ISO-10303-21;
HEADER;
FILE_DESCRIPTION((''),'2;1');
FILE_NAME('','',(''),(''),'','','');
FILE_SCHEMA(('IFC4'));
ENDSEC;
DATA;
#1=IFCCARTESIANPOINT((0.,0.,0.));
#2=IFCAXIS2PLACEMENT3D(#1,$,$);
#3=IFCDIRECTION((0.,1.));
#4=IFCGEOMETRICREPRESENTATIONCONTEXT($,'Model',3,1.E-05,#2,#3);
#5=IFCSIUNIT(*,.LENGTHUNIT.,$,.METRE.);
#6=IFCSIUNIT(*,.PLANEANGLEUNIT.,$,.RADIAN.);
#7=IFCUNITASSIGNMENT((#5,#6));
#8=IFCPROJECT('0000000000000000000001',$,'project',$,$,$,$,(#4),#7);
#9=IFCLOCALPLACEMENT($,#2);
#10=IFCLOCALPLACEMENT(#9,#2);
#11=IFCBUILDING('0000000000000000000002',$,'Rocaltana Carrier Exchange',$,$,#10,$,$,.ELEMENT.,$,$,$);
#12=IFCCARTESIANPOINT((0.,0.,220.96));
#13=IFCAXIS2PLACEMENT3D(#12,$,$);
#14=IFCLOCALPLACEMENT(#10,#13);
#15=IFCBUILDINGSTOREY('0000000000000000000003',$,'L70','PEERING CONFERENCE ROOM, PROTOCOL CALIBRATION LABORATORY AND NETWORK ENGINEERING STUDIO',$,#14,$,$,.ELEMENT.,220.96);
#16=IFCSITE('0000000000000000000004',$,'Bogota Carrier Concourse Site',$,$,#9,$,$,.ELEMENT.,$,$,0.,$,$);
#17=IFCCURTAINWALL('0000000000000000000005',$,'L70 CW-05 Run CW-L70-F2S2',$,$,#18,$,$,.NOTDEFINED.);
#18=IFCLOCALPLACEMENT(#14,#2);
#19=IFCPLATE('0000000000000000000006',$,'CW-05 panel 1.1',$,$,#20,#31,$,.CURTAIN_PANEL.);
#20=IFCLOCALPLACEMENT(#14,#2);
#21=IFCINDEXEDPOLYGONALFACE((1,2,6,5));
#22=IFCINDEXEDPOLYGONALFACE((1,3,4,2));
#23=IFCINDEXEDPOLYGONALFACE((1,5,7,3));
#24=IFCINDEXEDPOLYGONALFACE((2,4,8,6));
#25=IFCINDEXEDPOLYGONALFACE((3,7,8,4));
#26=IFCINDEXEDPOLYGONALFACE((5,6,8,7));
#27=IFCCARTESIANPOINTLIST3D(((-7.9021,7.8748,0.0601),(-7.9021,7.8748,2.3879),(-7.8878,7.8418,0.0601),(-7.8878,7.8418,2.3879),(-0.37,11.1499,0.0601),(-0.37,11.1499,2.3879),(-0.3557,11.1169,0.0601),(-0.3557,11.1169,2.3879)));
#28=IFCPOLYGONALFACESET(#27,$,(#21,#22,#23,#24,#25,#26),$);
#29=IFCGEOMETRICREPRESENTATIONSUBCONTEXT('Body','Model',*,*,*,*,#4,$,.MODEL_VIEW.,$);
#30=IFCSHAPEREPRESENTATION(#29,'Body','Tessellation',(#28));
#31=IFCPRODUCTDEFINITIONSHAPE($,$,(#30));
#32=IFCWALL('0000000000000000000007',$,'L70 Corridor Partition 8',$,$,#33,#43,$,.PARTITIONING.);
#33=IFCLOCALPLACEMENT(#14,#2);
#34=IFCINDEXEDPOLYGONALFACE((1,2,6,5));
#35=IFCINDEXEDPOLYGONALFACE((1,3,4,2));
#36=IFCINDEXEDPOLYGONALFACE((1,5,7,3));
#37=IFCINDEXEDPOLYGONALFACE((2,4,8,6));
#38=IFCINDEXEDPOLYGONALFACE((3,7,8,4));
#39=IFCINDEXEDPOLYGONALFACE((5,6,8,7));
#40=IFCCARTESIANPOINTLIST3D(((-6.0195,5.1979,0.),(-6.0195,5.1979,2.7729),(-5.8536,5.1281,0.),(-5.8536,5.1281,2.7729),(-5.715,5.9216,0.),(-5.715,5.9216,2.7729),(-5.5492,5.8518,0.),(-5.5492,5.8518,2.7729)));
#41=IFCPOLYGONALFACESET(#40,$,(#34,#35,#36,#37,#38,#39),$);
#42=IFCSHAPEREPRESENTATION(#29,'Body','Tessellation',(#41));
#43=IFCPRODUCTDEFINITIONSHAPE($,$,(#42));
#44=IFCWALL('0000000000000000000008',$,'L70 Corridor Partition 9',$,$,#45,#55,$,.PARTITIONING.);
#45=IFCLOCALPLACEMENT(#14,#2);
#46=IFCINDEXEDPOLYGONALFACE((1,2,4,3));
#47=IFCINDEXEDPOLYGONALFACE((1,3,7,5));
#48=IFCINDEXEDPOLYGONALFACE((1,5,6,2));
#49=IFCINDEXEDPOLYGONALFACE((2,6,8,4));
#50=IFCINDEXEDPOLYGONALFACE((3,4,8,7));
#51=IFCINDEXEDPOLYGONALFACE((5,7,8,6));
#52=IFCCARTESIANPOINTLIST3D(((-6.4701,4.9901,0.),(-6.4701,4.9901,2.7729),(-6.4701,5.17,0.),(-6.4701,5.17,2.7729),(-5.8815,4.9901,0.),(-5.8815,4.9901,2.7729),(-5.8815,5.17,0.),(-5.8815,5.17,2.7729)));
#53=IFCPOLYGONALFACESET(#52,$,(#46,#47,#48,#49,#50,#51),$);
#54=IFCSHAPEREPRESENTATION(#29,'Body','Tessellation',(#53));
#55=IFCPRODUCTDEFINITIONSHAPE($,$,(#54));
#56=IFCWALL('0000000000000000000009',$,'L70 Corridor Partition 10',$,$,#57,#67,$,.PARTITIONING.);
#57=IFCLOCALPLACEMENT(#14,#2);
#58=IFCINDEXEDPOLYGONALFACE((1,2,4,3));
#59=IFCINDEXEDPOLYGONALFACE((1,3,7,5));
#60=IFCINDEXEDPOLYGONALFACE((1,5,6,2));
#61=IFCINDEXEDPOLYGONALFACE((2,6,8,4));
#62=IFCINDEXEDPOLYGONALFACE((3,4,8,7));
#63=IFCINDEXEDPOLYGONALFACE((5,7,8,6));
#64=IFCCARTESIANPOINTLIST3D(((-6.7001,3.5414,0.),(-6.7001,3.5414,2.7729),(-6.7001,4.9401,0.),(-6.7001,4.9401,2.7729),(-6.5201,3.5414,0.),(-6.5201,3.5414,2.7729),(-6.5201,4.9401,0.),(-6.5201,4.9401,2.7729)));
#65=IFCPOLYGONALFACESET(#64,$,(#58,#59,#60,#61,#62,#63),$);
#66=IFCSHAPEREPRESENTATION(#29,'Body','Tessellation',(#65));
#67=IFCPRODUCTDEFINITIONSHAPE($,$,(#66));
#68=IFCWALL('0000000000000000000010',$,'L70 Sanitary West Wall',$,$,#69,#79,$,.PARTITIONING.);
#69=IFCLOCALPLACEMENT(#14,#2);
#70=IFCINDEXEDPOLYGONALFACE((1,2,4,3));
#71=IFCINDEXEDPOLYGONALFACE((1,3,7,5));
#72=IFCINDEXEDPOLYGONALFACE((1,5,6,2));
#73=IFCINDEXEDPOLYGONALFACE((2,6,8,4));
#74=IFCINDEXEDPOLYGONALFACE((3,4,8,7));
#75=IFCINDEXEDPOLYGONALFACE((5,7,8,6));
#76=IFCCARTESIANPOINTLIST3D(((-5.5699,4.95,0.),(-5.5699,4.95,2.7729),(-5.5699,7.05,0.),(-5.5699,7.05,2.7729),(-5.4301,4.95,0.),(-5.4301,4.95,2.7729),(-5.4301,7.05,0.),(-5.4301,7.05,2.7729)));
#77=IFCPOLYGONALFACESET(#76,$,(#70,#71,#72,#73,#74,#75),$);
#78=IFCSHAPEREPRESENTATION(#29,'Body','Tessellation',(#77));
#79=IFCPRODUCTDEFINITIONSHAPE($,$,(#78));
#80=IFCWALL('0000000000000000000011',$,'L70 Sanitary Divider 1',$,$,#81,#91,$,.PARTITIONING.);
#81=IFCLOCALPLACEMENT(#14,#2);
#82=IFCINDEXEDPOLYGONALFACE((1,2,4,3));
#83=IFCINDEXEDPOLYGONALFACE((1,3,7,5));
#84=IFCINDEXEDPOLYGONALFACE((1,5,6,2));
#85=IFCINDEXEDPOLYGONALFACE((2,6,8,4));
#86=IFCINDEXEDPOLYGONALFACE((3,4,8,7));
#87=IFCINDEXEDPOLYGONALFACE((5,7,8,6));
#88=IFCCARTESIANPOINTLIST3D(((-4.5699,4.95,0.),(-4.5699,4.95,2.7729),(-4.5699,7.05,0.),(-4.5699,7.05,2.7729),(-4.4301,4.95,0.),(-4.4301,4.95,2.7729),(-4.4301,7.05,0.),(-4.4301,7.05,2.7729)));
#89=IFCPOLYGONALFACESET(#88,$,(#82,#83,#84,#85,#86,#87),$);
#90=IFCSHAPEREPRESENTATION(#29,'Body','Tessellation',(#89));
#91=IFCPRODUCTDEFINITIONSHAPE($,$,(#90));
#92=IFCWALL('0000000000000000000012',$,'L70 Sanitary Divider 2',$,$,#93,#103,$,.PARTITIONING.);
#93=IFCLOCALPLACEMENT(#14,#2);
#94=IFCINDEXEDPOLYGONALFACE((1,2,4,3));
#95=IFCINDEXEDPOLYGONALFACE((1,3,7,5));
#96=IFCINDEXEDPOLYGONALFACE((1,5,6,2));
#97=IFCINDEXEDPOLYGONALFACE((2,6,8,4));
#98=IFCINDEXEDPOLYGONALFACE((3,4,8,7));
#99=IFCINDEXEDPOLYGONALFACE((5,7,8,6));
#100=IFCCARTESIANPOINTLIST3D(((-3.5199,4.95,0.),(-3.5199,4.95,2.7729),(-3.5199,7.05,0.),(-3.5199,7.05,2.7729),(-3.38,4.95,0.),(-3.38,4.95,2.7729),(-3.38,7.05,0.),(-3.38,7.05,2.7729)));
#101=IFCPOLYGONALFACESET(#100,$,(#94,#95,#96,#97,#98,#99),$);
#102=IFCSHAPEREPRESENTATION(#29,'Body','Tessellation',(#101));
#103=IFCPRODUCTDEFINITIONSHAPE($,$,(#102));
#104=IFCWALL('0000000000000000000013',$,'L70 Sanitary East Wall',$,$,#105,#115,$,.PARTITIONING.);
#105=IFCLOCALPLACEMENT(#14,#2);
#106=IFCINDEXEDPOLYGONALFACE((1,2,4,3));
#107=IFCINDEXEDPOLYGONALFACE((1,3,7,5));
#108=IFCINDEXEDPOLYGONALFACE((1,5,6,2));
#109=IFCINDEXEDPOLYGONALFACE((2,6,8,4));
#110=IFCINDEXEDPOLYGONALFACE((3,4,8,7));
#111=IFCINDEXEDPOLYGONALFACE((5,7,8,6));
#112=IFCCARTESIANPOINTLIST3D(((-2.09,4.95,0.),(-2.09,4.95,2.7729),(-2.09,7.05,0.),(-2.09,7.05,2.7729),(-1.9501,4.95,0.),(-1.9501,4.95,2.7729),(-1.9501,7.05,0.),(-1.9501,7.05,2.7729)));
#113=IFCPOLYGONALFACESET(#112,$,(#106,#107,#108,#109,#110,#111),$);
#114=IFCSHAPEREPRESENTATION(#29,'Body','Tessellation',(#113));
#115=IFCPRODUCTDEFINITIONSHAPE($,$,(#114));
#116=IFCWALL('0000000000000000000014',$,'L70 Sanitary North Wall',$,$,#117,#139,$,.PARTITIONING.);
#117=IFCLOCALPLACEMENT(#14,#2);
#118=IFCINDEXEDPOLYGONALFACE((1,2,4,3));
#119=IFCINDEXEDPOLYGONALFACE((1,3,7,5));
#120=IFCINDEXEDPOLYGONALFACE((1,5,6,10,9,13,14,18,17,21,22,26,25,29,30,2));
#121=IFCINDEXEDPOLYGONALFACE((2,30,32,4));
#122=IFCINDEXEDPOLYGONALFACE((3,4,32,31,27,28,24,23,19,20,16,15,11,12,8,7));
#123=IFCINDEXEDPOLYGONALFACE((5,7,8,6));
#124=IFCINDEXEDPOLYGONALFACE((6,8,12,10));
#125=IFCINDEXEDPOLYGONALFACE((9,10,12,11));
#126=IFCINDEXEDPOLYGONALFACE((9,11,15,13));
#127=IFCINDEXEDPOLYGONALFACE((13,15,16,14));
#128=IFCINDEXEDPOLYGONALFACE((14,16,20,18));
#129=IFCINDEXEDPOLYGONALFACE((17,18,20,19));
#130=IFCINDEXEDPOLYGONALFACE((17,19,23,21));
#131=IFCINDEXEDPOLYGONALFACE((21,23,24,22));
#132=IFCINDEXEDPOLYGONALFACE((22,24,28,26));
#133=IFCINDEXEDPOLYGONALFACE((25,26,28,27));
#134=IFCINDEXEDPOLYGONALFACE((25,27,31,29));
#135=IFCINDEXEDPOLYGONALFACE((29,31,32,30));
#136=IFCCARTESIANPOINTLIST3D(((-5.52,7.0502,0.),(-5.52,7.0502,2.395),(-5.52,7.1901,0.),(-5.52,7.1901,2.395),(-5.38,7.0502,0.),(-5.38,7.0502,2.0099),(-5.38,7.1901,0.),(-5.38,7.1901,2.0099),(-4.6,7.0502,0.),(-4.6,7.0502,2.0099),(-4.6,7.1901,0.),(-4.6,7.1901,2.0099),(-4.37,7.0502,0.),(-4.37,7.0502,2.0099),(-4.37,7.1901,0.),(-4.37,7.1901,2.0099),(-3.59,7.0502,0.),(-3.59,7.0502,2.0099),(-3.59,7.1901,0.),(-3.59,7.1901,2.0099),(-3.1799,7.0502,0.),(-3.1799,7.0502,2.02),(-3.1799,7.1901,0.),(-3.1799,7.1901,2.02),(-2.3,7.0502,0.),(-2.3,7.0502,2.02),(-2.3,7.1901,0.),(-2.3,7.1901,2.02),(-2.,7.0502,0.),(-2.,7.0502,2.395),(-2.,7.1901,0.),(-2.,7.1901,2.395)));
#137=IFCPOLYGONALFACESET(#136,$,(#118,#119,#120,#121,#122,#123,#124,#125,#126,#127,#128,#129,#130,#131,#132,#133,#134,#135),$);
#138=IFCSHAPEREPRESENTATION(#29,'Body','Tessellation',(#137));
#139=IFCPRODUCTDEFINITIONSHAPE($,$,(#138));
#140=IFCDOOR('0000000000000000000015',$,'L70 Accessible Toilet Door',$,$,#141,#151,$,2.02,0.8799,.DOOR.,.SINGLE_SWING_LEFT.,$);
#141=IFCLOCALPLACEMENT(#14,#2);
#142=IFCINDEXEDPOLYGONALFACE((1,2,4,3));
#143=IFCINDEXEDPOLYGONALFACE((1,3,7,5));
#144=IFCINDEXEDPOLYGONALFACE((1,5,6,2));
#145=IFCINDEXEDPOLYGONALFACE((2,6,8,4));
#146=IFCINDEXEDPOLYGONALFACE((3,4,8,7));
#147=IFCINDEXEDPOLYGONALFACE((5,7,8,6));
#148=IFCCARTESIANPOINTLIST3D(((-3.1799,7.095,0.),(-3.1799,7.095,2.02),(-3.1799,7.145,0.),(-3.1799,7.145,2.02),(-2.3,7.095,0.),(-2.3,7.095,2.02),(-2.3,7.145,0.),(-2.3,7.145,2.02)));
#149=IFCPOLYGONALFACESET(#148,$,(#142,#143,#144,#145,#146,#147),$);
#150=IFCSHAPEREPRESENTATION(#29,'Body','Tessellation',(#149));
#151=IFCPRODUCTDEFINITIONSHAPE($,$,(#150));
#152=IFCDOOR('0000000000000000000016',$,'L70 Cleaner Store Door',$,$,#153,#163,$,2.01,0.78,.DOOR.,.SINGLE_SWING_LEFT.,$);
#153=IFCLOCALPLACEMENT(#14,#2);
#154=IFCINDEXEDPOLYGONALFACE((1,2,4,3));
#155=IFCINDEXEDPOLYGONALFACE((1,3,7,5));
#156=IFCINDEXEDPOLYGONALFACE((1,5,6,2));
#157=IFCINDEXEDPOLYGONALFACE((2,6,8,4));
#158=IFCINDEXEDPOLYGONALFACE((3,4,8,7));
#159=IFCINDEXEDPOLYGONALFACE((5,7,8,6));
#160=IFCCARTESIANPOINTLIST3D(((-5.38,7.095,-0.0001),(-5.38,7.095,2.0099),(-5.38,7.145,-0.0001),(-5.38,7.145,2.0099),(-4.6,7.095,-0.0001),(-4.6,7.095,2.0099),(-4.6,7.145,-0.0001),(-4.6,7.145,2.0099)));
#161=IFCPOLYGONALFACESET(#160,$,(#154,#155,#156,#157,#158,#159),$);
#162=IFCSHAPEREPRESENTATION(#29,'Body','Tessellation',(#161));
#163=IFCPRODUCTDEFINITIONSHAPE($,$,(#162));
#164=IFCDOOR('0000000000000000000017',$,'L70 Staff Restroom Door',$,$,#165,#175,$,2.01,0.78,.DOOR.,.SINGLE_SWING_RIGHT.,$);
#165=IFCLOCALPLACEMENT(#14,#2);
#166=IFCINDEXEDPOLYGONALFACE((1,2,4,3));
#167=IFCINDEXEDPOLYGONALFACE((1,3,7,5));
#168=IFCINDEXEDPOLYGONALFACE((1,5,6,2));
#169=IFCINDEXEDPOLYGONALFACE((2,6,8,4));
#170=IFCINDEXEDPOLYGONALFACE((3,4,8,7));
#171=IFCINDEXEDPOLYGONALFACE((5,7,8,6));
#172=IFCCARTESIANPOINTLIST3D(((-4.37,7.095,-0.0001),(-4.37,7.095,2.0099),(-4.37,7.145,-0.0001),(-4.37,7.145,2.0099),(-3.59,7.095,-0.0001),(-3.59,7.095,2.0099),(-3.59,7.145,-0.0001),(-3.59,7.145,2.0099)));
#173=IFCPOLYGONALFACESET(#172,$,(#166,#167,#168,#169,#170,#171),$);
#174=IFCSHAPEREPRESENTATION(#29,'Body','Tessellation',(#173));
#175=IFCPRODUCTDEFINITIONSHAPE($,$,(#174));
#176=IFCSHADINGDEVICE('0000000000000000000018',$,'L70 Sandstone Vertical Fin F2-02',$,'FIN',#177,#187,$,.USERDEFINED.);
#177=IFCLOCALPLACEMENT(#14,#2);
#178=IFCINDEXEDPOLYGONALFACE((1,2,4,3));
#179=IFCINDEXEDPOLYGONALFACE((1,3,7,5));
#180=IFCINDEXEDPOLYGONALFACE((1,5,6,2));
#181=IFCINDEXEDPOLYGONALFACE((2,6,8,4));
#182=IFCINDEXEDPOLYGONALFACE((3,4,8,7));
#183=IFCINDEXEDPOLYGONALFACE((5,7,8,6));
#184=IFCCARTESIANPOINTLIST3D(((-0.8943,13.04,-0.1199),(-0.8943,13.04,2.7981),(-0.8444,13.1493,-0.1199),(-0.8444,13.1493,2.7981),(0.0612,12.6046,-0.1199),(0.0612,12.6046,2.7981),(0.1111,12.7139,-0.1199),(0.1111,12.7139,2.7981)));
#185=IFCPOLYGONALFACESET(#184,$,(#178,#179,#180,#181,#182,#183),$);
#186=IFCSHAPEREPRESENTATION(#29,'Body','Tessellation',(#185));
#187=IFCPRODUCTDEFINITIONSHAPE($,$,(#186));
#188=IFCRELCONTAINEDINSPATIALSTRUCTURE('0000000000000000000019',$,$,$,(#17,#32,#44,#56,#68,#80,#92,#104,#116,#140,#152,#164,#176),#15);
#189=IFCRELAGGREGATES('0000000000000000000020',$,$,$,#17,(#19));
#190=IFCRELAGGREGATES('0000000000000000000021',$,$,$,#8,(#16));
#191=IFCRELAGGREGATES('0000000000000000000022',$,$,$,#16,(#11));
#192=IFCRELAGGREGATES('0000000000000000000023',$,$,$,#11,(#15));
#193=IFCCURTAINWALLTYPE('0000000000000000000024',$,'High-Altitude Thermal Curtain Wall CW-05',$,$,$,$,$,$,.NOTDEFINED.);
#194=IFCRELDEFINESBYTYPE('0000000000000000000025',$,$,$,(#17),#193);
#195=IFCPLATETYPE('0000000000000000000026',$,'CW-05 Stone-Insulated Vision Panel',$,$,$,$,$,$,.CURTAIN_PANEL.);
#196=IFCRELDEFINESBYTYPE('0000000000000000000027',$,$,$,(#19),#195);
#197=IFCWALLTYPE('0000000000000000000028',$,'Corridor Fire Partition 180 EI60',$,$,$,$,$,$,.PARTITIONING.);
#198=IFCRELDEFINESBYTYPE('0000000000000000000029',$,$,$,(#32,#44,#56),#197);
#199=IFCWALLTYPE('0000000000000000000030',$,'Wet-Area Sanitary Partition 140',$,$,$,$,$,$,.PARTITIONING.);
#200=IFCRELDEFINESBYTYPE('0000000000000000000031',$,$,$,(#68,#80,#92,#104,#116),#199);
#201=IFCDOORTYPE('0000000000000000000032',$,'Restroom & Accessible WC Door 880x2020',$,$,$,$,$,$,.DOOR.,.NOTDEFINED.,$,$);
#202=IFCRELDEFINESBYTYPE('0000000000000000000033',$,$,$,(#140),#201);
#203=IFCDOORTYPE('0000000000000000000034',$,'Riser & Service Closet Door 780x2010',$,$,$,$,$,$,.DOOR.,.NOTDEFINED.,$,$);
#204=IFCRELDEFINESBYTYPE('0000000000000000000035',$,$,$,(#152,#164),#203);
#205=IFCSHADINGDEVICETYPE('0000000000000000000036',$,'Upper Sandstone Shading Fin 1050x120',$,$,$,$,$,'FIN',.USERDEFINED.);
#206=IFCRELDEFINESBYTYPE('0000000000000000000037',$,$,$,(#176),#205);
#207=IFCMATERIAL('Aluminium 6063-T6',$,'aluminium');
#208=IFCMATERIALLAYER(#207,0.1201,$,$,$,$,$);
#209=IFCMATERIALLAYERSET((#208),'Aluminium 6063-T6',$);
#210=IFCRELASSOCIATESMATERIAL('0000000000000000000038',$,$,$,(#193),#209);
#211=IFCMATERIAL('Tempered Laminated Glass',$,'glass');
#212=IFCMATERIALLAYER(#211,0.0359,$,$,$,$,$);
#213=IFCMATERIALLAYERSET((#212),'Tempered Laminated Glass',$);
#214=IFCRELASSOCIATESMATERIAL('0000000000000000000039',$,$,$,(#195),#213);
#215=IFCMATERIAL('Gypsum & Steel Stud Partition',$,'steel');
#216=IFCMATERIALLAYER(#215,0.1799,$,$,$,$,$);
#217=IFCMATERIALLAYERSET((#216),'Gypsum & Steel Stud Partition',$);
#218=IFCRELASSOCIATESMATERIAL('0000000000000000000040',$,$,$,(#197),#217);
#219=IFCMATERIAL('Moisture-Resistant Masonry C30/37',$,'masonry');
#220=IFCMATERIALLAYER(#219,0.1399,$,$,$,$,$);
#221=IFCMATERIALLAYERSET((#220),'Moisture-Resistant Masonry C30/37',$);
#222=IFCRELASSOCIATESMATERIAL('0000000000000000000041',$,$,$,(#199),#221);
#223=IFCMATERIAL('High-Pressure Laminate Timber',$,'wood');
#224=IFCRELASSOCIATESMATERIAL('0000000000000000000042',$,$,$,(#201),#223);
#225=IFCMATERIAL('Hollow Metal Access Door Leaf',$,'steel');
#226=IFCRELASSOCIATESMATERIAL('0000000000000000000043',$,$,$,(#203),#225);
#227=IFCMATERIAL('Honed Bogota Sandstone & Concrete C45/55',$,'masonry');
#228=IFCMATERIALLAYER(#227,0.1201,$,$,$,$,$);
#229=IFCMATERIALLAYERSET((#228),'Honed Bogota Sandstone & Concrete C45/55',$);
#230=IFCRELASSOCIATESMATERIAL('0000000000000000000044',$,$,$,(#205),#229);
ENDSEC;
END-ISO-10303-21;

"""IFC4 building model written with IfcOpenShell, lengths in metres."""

from ifc_helpers import new_model, si_unit, direction, frame, frame_2d, origin, origin_2d, place, context, subcontext, project, spatial, rectangle, extrude, material, layer, layer_set, type_object, element, fill, aggregate, save


model = new_model("IFC4")

# Units and contexts
model_context = context("Model", 3, precision=1e-05, world=origin(), true_north=direction((0.0, 1.0)))
body_context = subcontext(model_context, "Body", "Model", "MODEL_VIEW")
ifc_project = project(units=[si_unit("LENGTHUNIT", "METRE"), si_unit("PLANEANGLEUNIT", "RADIAN")], contexts=[model_context])

# Site, building, storey
site_placement = place(None, origin())
site = spatial("IfcSite", under=ifc_project, at=site_placement, Name="Bogota Carrier Concourse Site", CompositionType="ELEMENT", RefElevation=0.0)
building_placement = place(site_placement, origin())
building = spatial("IfcBuilding", under=site, at=building_placement, Name="Rocaltana Carrier Exchange", CompositionType="ELEMENT")
storey_placement = place(building_placement, frame((0.0, 0.0, 220.96)))
storey = spatial("IfcBuildingStorey", under=building, at=storey_placement, Name="L70", Description="PEERING CONFERENCE ROOM, PROTOCOL CALIBRATION LABORATORY AND NETWORK ENGINEERING STUDIO", CompositionType="ELEMENT", Elevation=220.96)

# Curtain wall
ifc_material_1 = material(Name="Aluminium 6063-T6", Category="aluminium")
ifc_layer_1 = layer(ifc_material_1, 0.1201)
ifc_layer_set_1 = layer_set([ifc_layer_1], Name="Aluminium 6063-T6")
curtain_wall_type = type_object("IfcCurtainWallType", Name="High-Altitude Thermal Curtain Wall CW-05", PredefinedType="NOTDEFINED", material=ifc_layer_set_1)
curtain_wall_placement = place(storey_placement, origin())
curtain_wall = element("IfcCurtainWall", 1, at=curtain_wall_placement, inside=storey, type_object=curtain_wall_type, Name="L70 CW-05 Run CW-L70-F2S2", PredefinedType="NOTDEFINED")

# Plate
ifc_material_2 = material(Name="Tempered Laminated Glass", Category="glass")
ifc_layer_2 = layer(ifc_material_2, 0.0359)
ifc_layer_set_2 = layer_set([ifc_layer_2], Name="Tempered Laminated Glass")
plate_type = type_object("IfcPlateType", Name="CW-05 Stone-Insulated Vision Panel", PredefinedType="CURTAIN_PANEL", material=ifc_layer_set_2)
plate_placement = place(storey_placement, frame((-4.1289, 9.4958, 0.0601), z_axis=(0.0, 0.0, 1.0), x_axis=(-0.917059, -0.398752, 0.0)))
plate = element("IfcPlate", 2, at=plate_placement, type_object=plate_type, Name="CW-05 panel 1.1", PredefinedType="CURTAIN_PANEL", context=body_context, shape_type="SweptSolid", body=[
    extrude(rectangle(XDim=8.2134, YDim=0.0359, at=origin_2d()), origin(), (0.0, 0.0, 1.0), 2.3279),
])
aggregate(curtain_wall, [plate])

# Walls
ifc_material_3 = material(Name="Gypsum & Steel Stud Partition", Category="steel")
ifc_layer_3 = layer(ifc_material_3, 0.1799)
ifc_layer_set_3 = layer_set([ifc_layer_3], Name="Gypsum & Steel Stud Partition")
wall_type_1 = type_object("IfcWallType", Name="Corridor Fire Partition 180 EI60", PredefinedType="PARTITIONING", material=ifc_layer_set_3)
wall_1_placement = place(storey_placement, frame((-5.6321, 5.8867, 0.0), z_axis=(0.0, 0.0, 1.0), x_axis=(-0.387793, -0.921747, 0.0)))
element("IfcWall", 3, at=wall_1_placement, inside=storey, type_object=wall_type_1, Name="L70 Corridor Partition 8", PredefinedType="PARTITIONING", context=body_context, shape_type="SweptSolid", body=[
    extrude(rectangle(XDim=0.7852, YDim=0.1799, at=frame_2d((0.3926, 0.0))), origin(), (0.0, 0.0, 1.0), 2.7729),
])
wall_2_placement = place(storey_placement, frame((-5.8813, 5.0801, 0.0), z_axis=(0.0, 0.0, 1.0), x_axis=(-1.0, 0.0, 0.0)))
element("IfcWall", 4, at=wall_2_placement, inside=storey, type_object=wall_type_1, Name="L70 Corridor Partition 9", PredefinedType="PARTITIONING", context=body_context, shape_type="SweptSolid", body=[
    extrude(rectangle(XDim=0.5886, YDim=0.1799, at=frame_2d((0.2944, 0.0))), origin(), (0.0, 0.0, 1.0), 2.7729),
])
wall_3_placement = place(storey_placement, frame((-6.6101, 4.9399, 0.0), z_axis=(0.0, 0.0, 1.0), x_axis=(0.0, -1.0, 0.0)))
element("IfcWall", 5, at=wall_3_placement, inside=storey, type_object=wall_type_1, Name="L70 Corridor Partition 10", PredefinedType="PARTITIONING", context=body_context, shape_type="SweptSolid", body=[
    extrude(rectangle(XDim=1.3987, YDim=0.1799, at=frame_2d((0.6992, 0.0))), origin(), (0.0, 0.0, 1.0), 2.7729),
])
ifc_material_4 = material(Name="Moisture-Resistant Masonry C30/37", Category="masonry")
ifc_layer_4 = layer(ifc_material_4, 0.1399)
ifc_layer_set_4 = layer_set([ifc_layer_4], Name="Moisture-Resistant Masonry C30/37")
wall_type_2 = type_object("IfcWallType", Name="Wet-Area Sanitary Partition 140", PredefinedType="PARTITIONING", material=ifc_layer_set_4)
for number, where, z_axis, x_axis, name in (
    (6, (-5.5, 4.95, 0.0), (0.0, 0.0, 1.0), (0.0, 1.0, 0.0), "L70 Sanitary West Wall"),
    (7, (-4.5, 4.95, 0.0), (0.0, 0.0, 1.0), (0.0, 1.0, 0.0), "L70 Sanitary Divider 1"),
    (8, (-3.45, 4.95, 0.0), (0.0, 0.0, 1.0), (0.0, 1.0, 0.0), "L70 Sanitary Divider 2"),
    (9, (-2.02, 4.95, 0.0), (0.0, 0.0, 1.0), (0.0, 1.0, 0.0), "L70 Sanitary East Wall"),
):
    element("IfcWall", number, at=place(storey_placement, frame(where, z_axis=z_axis, x_axis=x_axis)), inside=storey, type_object=wall_type_2, Name=name, PredefinedType="PARTITIONING", context=body_context, shape_type="SweptSolid", body=[
        extrude(rectangle(XDim=2.1001, YDim=0.1399, at=frame_2d((1.05, 0.0))), origin(), (0.0, 0.0, 1.0), 2.7729),
    ])

# Wall, openings, doors
wall_4_placement = place(storey_placement, frame((-5.52, 7.1201, 0.0), z_axis=(0.0, 0.0, 1.0), x_axis=(1.0, 0.0, 0.0)))
wall_4 = element("IfcWall", 10, at=wall_4_placement, inside=storey, type_object=wall_type_2, Name="L70 Sanitary North Wall", PredefinedType="PARTITIONING", context=body_context, shape_type="SweptSolid", body=[
    extrude(rectangle(XDim=3.52, YDim=0.1399, at=frame_2d((1.76, 0.0))), origin(), (0.0, 0.0, 1.0), 2.395),
])
opening_1_placement = place(wall_4_placement, frame((0.1399, 0.0, 0.0)))
opening_1 = element("IfcOpeningElement", 11, at=opening_1_placement, cuts=wall_4, PredefinedType="OPENING", context=body_context, shape_type="SweptSolid", body=[
    extrude(rectangle(XDim=0.78, YDim=2.01, at=frame_2d((0.3901, 1.0049))), frame((0.0, 0.0798, 0.0), z_axis=(0.0, -1.0, 0.0), x_axis=(1.0, 0.0, 0.0)), (0.0, 0.0, 1.0), 0.1599),
])
opening_2_placement = place(wall_4_placement, frame((1.1499, 0.0, 0.0)))
opening_2 = element("IfcOpeningElement", 12, at=opening_2_placement, cuts=wall_4, PredefinedType="OPENING", context=body_context, shape_type="SweptSolid", body=[
    extrude(rectangle(XDim=0.78, YDim=2.01, at=frame_2d((0.3901, 1.0049))), frame((0.0, 0.0798, 0.0), z_axis=(0.0, -1.0, 0.0), x_axis=(1.0, 0.0, 0.0)), (0.0, 0.0, 1.0), 0.1599),
])
opening_3_placement = place(wall_4_placement, frame((2.3401, 0.0, 0.0)))
opening_3 = element("IfcOpeningElement", 13, at=opening_3_placement, cuts=wall_4, PredefinedType="OPENING", context=body_context, shape_type="SweptSolid", body=[
    extrude(rectangle(XDim=0.8799, YDim=2.02, at=frame_2d((0.4399, 1.01))), frame((0.0, 0.0798, 0.0), z_axis=(0.0, -1.0, 0.0), x_axis=(1.0, 0.0, 0.0)), (0.0, 0.0, 1.0), 0.1599),
])
ifc_material_5 = material(Name="High-Pressure Laminate Timber", Category="wood")
door_type_1 = type_object("IfcDoorType", Name="Restroom & Accessible WC Door 880x2020", OperationType="NOTDEFINED", PredefinedType="DOOR", material=ifc_material_5)
door_1_placement = place(opening_3_placement, origin())
door_1 = element("IfcDoor", 14, at=door_1_placement, inside=storey, type_object=door_type_1, Name="L70 Accessible Toilet Door", OperationType="SINGLE_SWING_LEFT", OverallHeight=2.02, OverallWidth=0.8799, PredefinedType="DOOR", context=body_context, shape_type="SweptSolid", body=[
    extrude(rectangle(XDim=0.8799, YDim=2.02, at=frame_2d((0.4399, 1.01))), frame((0.0, 0.0249, 0.0), z_axis=(0.0, -1.0, 0.0), x_axis=(1.0, 0.0, 0.0)), (0.0, 0.0, 1.0), 0.05),
])
fill(opening_3, door_1)
ifc_material_6 = material(Name="Hollow Metal Access Door Leaf", Category="steel")
door_type_2 = type_object("IfcDoorType", Name="Riser & Service Closet Door 780x2010", OperationType="NOTDEFINED", PredefinedType="DOOR", material=ifc_material_6)
door_2_placement = place(opening_1_placement, origin())
door_2 = element("IfcDoor", 15, at=door_2_placement, inside=storey, type_object=door_type_2, Name="L70 Cleaner Store Door", OperationType="SINGLE_SWING_LEFT", OverallHeight=2.01, OverallWidth=0.78, PredefinedType="DOOR", context=body_context, shape_type="SweptSolid", body=[
    extrude(rectangle(XDim=0.78, YDim=2.01, at=frame_2d((0.3901, 1.0049))), frame((0.0, 0.0249, 0.0), z_axis=(0.0, -1.0, 0.0), x_axis=(1.0, 0.0, 0.0)), (0.0, 0.0, 1.0), 0.05),
])
fill(opening_1, door_2)
door_3_placement = place(opening_2_placement, origin())
door_3 = element("IfcDoor", 16, at=door_3_placement, inside=storey, type_object=door_type_2, Name="L70 Staff Restroom Door", OperationType="SINGLE_SWING_RIGHT", OverallHeight=2.01, OverallWidth=0.78, PredefinedType="DOOR", context=body_context, shape_type="SweptSolid", body=[
    extrude(rectangle(XDim=0.78, YDim=2.01, at=frame_2d((0.3901, 1.0049))), frame((0.0, 0.0249, 0.0), z_axis=(0.0, -1.0, 0.0), x_axis=(1.0, 0.0, 0.0)), (0.0, 0.0, 1.0), 0.05),
])
fill(opening_2, door_3)

# Shading device
ifc_material_7 = material(Name="Honed Bogota Sandstone & Concrete C45/55", Category="masonry")
ifc_layer_5 = layer(ifc_material_7, 0.1201)
ifc_layer_set_5 = layer_set([ifc_layer_5], Name="Honed Bogota Sandstone & Concrete C45/55")
shading_device_type = type_object("IfcShadingDeviceType", Name="Upper Sandstone Shading Fin 1050x120", ElementType="FIN", PredefinedType="USERDEFINED", material=ifc_layer_set_5)
shading_device_placement = place(storey_placement, frame((-0.3916, 12.877, -0.1199), z_axis=(0.0, 0.0, 1.0), x_axis=(-0.909961, 0.414693, 0.0)))
element("IfcShadingDevice", 17, at=shading_device_placement, inside=storey, type_object=shading_device_type, Name="L70 Sandstone Vertical Fin F2-02", ObjectType="FIN", PredefinedType="USERDEFINED", context=body_context, shape_type="SweptSolid", body=[
    extrude(rectangle(XDim=1.05, YDim=0.1201, at=origin_2d()), origin(), (0.0, 0.0, 1.0), 2.918),
])

save(model, "model.ifc")
